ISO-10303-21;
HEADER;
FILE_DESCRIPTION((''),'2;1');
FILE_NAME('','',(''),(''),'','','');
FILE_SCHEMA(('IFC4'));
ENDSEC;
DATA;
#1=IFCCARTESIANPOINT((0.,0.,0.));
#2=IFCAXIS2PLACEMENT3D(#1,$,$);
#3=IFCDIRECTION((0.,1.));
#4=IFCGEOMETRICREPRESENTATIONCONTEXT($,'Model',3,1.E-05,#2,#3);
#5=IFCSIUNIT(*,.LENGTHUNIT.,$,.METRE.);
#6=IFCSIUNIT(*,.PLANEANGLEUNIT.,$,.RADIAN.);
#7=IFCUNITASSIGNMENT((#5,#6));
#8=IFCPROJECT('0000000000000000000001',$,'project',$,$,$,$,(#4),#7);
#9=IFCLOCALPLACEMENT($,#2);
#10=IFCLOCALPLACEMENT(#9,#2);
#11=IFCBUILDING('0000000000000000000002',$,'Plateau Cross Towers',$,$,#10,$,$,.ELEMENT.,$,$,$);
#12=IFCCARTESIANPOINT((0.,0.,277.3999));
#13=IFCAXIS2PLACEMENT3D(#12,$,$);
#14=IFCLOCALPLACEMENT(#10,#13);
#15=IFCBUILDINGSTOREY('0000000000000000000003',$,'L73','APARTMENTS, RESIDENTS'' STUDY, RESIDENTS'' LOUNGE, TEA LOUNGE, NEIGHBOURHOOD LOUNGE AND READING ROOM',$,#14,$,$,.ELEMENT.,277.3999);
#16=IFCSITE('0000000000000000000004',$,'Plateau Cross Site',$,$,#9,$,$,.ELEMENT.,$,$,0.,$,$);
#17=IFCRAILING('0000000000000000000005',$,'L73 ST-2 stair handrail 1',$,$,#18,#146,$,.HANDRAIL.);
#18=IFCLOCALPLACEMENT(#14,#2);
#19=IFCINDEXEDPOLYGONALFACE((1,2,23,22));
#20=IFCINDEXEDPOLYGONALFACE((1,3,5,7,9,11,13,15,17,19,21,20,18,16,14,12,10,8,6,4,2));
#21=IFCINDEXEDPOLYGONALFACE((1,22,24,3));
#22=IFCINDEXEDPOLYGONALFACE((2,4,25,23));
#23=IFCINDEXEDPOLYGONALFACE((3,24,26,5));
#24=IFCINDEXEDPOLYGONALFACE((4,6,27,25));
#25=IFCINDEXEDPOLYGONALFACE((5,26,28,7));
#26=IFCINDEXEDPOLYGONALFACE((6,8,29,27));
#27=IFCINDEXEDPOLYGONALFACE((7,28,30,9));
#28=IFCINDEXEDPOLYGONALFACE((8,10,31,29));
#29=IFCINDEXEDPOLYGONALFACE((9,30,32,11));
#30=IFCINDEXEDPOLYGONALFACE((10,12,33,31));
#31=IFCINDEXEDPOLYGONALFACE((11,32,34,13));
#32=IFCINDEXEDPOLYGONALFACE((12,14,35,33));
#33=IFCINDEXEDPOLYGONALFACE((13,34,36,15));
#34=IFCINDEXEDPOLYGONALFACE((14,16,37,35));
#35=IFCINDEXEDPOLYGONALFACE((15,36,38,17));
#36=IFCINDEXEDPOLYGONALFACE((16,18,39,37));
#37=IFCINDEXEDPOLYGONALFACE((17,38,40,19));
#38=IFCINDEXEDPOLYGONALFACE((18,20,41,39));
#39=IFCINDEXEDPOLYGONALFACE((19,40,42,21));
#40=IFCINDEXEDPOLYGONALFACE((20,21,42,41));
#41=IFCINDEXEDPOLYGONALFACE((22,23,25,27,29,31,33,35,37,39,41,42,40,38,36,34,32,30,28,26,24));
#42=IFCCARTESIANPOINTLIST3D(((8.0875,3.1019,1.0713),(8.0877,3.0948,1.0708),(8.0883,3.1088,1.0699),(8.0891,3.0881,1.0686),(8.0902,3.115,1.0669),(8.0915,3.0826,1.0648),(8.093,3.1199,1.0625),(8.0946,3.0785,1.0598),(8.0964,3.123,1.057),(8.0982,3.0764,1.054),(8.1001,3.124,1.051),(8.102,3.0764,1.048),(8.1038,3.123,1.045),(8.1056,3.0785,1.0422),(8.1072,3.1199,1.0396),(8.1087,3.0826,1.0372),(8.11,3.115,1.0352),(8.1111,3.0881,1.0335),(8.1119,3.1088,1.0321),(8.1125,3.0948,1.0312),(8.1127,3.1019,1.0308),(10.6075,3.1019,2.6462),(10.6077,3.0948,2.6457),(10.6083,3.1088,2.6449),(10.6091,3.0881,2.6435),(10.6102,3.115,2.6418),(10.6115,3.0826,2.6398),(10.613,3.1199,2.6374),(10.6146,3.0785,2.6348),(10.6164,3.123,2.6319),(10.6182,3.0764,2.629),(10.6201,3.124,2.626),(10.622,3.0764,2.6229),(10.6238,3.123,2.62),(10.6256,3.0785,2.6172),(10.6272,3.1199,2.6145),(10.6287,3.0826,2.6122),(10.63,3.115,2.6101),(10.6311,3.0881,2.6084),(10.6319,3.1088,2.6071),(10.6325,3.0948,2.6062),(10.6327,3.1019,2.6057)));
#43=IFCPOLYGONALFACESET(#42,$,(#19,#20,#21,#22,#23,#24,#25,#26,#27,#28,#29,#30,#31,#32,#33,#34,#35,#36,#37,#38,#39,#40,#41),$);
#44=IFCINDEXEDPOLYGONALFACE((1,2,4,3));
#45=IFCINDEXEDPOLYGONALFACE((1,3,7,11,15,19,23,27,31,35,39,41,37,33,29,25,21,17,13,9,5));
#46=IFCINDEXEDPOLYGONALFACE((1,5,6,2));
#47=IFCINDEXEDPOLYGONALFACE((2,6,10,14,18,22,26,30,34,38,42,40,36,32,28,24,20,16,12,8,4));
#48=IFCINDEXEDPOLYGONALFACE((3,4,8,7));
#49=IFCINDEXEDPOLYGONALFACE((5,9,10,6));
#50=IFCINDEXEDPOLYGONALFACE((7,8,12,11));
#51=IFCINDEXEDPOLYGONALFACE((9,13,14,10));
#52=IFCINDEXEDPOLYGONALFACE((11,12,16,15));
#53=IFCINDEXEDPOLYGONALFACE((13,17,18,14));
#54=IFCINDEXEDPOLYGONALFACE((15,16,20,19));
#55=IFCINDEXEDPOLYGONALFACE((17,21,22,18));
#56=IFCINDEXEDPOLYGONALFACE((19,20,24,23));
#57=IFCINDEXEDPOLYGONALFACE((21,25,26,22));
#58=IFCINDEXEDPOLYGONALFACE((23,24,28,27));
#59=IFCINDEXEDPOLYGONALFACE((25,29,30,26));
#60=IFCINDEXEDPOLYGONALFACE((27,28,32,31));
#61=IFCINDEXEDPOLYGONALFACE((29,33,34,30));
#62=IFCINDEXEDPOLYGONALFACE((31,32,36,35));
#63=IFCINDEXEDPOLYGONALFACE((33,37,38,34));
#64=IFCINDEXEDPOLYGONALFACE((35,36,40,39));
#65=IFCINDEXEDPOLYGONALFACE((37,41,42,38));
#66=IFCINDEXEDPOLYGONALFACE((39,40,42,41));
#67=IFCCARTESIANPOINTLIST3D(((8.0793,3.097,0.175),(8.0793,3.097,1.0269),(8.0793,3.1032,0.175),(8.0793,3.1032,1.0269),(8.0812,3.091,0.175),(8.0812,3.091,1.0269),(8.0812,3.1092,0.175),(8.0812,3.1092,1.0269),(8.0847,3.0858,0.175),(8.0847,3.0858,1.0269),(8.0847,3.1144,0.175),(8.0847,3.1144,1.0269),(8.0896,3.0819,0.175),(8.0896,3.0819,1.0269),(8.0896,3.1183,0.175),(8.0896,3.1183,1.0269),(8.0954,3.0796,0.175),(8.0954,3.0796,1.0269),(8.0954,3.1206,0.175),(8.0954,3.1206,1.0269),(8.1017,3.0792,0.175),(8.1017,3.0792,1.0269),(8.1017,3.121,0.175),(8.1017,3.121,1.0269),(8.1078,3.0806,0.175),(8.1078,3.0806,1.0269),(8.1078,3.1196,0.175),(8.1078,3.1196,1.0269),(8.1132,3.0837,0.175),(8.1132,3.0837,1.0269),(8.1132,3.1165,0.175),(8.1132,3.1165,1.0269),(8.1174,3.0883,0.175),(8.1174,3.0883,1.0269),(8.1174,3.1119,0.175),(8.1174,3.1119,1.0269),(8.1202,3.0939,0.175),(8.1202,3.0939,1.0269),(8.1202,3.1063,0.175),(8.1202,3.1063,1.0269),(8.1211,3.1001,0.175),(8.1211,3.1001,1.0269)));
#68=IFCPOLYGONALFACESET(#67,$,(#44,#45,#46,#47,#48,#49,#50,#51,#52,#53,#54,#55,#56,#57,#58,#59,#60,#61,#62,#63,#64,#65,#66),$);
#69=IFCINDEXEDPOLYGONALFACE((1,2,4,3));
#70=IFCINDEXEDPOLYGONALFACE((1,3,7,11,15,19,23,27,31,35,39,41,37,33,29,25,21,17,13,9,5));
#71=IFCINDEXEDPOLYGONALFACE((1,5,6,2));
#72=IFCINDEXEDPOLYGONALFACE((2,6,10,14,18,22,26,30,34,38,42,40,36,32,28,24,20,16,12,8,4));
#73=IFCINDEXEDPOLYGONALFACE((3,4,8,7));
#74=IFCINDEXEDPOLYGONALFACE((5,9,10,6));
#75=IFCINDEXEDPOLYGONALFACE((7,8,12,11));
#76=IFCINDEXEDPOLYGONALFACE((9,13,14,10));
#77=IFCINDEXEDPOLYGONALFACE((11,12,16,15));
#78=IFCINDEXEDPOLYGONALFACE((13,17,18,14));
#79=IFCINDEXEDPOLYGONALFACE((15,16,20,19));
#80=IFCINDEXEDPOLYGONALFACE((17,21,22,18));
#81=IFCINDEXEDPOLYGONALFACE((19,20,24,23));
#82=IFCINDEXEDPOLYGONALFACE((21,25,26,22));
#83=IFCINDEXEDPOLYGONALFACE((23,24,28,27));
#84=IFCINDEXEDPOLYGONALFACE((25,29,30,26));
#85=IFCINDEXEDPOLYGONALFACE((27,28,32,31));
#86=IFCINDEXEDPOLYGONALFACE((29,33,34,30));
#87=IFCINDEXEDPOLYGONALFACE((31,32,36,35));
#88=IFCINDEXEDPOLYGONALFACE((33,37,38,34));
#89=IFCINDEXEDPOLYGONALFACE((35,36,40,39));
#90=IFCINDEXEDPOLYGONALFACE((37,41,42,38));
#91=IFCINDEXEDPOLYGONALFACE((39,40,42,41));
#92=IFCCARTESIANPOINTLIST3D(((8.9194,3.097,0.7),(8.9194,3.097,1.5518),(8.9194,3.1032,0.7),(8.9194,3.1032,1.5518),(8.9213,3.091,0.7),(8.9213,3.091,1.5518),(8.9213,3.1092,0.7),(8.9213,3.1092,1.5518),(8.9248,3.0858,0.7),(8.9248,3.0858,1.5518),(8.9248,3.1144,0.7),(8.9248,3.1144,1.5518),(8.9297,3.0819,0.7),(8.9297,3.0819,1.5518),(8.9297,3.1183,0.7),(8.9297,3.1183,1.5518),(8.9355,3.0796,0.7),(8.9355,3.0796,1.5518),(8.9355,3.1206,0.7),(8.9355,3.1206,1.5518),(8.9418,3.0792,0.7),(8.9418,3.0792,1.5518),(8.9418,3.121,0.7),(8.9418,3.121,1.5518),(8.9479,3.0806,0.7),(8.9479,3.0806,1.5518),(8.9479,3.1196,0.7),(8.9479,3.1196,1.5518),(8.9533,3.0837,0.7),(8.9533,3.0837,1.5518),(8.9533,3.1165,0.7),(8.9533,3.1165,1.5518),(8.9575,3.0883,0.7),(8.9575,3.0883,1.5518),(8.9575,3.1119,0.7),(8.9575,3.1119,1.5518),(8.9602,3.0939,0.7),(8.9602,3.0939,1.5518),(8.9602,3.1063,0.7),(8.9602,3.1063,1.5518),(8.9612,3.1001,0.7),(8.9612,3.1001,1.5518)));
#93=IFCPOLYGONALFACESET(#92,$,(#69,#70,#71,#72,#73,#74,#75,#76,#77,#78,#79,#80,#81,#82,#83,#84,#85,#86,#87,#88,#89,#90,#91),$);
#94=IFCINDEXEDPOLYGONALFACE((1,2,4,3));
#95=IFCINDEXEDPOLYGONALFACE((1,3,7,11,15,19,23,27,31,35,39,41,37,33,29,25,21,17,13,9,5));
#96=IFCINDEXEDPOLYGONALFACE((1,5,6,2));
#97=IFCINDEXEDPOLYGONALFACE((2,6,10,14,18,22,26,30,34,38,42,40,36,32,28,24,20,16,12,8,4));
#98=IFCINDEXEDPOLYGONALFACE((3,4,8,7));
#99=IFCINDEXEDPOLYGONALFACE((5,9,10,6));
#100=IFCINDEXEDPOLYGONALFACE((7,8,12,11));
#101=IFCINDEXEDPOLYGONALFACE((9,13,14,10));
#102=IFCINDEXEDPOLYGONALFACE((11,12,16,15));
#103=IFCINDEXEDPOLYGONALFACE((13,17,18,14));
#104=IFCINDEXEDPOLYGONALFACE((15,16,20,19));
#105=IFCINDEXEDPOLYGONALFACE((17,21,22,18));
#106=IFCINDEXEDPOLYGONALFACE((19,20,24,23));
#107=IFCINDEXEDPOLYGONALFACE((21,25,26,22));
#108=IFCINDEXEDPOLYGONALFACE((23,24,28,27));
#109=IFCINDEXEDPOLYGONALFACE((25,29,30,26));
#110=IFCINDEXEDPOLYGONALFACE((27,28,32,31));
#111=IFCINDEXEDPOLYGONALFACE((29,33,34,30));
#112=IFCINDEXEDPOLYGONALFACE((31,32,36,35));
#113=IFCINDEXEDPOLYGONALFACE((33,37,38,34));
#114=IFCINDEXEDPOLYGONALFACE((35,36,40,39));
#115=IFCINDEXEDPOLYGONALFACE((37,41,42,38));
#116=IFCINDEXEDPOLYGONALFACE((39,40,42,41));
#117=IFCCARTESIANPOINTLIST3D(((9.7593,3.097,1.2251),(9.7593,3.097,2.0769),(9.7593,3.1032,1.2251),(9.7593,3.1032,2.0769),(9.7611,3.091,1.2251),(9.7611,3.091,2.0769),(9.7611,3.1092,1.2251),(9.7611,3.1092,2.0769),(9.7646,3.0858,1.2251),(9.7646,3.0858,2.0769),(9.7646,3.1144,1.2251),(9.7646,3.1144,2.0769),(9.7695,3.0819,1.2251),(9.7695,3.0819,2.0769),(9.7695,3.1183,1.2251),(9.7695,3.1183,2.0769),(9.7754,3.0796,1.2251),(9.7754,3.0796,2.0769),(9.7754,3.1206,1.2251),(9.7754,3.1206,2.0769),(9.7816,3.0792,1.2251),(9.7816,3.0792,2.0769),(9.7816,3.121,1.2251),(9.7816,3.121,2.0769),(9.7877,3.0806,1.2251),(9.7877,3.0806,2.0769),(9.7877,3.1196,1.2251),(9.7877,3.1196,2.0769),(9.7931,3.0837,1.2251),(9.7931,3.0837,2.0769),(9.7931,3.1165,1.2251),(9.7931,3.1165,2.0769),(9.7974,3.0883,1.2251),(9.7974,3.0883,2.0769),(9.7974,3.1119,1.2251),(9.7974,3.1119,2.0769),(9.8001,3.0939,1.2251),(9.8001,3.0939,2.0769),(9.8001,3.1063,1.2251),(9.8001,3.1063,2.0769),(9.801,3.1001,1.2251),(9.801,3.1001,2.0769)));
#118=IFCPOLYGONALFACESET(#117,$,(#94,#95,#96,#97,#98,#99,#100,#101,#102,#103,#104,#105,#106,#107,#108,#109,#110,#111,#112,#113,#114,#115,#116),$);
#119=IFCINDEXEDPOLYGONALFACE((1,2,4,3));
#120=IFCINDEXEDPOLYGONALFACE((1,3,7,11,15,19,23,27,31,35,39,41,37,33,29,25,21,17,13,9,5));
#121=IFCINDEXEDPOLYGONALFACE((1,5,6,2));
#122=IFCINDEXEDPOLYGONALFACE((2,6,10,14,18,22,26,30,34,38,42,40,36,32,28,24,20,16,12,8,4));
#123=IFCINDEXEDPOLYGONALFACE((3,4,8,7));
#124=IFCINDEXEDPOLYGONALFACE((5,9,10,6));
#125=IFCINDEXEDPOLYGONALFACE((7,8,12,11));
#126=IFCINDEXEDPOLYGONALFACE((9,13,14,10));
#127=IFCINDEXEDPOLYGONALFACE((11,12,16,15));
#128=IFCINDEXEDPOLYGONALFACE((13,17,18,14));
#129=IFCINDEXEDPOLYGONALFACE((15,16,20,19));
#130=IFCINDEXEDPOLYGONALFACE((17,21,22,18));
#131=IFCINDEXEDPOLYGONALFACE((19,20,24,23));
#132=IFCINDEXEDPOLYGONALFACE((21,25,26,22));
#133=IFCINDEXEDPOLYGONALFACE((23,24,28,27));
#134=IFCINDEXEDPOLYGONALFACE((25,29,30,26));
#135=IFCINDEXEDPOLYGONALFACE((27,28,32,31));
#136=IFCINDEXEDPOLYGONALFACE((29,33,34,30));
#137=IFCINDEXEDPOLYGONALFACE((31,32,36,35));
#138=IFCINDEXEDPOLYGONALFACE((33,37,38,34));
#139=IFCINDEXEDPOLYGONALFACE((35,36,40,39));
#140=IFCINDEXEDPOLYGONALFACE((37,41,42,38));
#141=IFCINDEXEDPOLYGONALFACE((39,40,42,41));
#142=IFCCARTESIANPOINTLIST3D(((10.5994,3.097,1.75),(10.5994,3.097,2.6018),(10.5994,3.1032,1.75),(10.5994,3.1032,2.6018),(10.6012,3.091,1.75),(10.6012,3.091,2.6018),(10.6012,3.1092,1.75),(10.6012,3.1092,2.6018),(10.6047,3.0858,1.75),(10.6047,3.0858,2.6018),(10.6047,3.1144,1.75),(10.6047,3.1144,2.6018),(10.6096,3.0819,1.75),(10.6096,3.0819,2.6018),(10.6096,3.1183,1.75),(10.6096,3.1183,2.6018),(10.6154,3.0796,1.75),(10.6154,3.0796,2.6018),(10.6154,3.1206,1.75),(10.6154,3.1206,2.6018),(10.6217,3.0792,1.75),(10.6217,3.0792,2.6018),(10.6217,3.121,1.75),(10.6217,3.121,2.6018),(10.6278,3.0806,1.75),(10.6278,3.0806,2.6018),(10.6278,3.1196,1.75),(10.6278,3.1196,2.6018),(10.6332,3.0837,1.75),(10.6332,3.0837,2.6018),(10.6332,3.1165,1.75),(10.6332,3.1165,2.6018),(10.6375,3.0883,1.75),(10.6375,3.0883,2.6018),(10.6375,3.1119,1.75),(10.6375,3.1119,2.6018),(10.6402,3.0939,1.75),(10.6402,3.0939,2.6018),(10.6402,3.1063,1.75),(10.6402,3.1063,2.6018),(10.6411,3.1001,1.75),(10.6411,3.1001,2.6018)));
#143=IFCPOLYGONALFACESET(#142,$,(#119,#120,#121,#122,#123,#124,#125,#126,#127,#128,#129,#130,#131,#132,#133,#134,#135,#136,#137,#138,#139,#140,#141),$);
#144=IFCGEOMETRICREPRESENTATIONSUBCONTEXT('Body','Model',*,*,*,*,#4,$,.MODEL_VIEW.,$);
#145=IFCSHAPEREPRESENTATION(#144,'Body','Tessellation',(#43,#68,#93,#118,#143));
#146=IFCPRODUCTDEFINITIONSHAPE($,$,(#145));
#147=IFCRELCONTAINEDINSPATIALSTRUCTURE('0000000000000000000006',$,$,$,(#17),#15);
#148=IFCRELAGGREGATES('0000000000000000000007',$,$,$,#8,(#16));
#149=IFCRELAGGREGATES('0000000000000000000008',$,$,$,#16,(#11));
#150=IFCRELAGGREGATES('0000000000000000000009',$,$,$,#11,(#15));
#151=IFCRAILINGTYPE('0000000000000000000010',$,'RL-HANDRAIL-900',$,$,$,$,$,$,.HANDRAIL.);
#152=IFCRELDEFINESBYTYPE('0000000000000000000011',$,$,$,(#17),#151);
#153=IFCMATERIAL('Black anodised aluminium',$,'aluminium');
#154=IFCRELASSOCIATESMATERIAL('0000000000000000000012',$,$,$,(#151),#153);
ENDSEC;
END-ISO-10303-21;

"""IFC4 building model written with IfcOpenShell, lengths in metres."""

from ifc_helpers import new_model, si_unit, direction, frame, origin, origin_2d, place, context, subcontext, project, spatial, circle, extrude, material, type_object, element, save


model = new_model("IFC4")

# Units and contexts
model_context = context("Model", 3, precision=1e-05, world=origin(), true_north=direction((0.0, 1.0)))
body_context = subcontext(model_context, "Body", "Model", "MODEL_VIEW")
ifc_project = project(units=[si_unit("LENGTHUNIT", "METRE"), si_unit("PLANEANGLEUNIT", "RADIAN")], contexts=[model_context])

# Site, building, storey
site_placement = place(None, origin())
site = spatial("IfcSite", under=ifc_project, at=site_placement, Name="Plateau Cross Site", CompositionType="ELEMENT", RefElevation=0.0)
building_placement = place(site_placement, origin())
building = spatial("IfcBuilding", under=site, at=building_placement, Name="Plateau Cross Towers", CompositionType="ELEMENT")
storey_placement = place(building_placement, frame((0.0, 0.0, 277.3999)))
storey = spatial("IfcBuildingStorey", under=building, at=storey_placement, Name="L73", Description="APARTMENTS, RESIDENTS' STUDY, RESIDENTS' LOUNGE, TEA LOUNGE, NEIGHBOURHOOD LOUNGE AND READING ROOM", CompositionType="ELEMENT", Elevation=277.3999)

# Shared definitions
ifc_material_1 = material(Name="Black anodised aluminium", Category="aluminium")

# Railing
railing_type_1 = type_object("IfcRailingType", Name="RL-HANDRAIL-900", PredefinedType="HANDRAIL", material=ifc_material_1)
railing_1_placement = place(storey_placement, frame((8.1001, 3.1001, 0.175)))
element("IfcRailing", 1, at=railing_1_placement, inside=storey, type_object=railing_type_1, Name="L73 ST-2 stair handrail 1", PredefinedType="HANDRAIL", context=body_context, shape_type="SweptSolid", body=[
    extrude(circle(Radius=0.0239, at=origin_2d()), frame((0.0, 0.0, 0.876), z_axis=(0.848008, 0.0, 0.529984), x_axis=(0.0, 1.0, 0.0)), (0.0, 0.0, 1.0), 2.9717),
    extrude(circle(Radius=0.021, at=origin_2d()), origin(), (0.0, 0.0, 1.0), 0.8518),
    extrude(circle(Radius=0.021, at=origin_2d()), frame((0.8401, 0.0, 0.5249)), (0.0, 0.0, 1.0), 0.8518),
    extrude(circle(Radius=0.021, at=origin_2d()), frame((1.6799, 0.0, 1.05)), (0.0, 0.0, 1.0), 0.8518),
    extrude(circle(Radius=0.021, at=origin_2d()), frame((2.52, 0.0, 1.575)), (0.0, 0.0, 1.0), 0.8518),
])

save(model, "model.ifc")
